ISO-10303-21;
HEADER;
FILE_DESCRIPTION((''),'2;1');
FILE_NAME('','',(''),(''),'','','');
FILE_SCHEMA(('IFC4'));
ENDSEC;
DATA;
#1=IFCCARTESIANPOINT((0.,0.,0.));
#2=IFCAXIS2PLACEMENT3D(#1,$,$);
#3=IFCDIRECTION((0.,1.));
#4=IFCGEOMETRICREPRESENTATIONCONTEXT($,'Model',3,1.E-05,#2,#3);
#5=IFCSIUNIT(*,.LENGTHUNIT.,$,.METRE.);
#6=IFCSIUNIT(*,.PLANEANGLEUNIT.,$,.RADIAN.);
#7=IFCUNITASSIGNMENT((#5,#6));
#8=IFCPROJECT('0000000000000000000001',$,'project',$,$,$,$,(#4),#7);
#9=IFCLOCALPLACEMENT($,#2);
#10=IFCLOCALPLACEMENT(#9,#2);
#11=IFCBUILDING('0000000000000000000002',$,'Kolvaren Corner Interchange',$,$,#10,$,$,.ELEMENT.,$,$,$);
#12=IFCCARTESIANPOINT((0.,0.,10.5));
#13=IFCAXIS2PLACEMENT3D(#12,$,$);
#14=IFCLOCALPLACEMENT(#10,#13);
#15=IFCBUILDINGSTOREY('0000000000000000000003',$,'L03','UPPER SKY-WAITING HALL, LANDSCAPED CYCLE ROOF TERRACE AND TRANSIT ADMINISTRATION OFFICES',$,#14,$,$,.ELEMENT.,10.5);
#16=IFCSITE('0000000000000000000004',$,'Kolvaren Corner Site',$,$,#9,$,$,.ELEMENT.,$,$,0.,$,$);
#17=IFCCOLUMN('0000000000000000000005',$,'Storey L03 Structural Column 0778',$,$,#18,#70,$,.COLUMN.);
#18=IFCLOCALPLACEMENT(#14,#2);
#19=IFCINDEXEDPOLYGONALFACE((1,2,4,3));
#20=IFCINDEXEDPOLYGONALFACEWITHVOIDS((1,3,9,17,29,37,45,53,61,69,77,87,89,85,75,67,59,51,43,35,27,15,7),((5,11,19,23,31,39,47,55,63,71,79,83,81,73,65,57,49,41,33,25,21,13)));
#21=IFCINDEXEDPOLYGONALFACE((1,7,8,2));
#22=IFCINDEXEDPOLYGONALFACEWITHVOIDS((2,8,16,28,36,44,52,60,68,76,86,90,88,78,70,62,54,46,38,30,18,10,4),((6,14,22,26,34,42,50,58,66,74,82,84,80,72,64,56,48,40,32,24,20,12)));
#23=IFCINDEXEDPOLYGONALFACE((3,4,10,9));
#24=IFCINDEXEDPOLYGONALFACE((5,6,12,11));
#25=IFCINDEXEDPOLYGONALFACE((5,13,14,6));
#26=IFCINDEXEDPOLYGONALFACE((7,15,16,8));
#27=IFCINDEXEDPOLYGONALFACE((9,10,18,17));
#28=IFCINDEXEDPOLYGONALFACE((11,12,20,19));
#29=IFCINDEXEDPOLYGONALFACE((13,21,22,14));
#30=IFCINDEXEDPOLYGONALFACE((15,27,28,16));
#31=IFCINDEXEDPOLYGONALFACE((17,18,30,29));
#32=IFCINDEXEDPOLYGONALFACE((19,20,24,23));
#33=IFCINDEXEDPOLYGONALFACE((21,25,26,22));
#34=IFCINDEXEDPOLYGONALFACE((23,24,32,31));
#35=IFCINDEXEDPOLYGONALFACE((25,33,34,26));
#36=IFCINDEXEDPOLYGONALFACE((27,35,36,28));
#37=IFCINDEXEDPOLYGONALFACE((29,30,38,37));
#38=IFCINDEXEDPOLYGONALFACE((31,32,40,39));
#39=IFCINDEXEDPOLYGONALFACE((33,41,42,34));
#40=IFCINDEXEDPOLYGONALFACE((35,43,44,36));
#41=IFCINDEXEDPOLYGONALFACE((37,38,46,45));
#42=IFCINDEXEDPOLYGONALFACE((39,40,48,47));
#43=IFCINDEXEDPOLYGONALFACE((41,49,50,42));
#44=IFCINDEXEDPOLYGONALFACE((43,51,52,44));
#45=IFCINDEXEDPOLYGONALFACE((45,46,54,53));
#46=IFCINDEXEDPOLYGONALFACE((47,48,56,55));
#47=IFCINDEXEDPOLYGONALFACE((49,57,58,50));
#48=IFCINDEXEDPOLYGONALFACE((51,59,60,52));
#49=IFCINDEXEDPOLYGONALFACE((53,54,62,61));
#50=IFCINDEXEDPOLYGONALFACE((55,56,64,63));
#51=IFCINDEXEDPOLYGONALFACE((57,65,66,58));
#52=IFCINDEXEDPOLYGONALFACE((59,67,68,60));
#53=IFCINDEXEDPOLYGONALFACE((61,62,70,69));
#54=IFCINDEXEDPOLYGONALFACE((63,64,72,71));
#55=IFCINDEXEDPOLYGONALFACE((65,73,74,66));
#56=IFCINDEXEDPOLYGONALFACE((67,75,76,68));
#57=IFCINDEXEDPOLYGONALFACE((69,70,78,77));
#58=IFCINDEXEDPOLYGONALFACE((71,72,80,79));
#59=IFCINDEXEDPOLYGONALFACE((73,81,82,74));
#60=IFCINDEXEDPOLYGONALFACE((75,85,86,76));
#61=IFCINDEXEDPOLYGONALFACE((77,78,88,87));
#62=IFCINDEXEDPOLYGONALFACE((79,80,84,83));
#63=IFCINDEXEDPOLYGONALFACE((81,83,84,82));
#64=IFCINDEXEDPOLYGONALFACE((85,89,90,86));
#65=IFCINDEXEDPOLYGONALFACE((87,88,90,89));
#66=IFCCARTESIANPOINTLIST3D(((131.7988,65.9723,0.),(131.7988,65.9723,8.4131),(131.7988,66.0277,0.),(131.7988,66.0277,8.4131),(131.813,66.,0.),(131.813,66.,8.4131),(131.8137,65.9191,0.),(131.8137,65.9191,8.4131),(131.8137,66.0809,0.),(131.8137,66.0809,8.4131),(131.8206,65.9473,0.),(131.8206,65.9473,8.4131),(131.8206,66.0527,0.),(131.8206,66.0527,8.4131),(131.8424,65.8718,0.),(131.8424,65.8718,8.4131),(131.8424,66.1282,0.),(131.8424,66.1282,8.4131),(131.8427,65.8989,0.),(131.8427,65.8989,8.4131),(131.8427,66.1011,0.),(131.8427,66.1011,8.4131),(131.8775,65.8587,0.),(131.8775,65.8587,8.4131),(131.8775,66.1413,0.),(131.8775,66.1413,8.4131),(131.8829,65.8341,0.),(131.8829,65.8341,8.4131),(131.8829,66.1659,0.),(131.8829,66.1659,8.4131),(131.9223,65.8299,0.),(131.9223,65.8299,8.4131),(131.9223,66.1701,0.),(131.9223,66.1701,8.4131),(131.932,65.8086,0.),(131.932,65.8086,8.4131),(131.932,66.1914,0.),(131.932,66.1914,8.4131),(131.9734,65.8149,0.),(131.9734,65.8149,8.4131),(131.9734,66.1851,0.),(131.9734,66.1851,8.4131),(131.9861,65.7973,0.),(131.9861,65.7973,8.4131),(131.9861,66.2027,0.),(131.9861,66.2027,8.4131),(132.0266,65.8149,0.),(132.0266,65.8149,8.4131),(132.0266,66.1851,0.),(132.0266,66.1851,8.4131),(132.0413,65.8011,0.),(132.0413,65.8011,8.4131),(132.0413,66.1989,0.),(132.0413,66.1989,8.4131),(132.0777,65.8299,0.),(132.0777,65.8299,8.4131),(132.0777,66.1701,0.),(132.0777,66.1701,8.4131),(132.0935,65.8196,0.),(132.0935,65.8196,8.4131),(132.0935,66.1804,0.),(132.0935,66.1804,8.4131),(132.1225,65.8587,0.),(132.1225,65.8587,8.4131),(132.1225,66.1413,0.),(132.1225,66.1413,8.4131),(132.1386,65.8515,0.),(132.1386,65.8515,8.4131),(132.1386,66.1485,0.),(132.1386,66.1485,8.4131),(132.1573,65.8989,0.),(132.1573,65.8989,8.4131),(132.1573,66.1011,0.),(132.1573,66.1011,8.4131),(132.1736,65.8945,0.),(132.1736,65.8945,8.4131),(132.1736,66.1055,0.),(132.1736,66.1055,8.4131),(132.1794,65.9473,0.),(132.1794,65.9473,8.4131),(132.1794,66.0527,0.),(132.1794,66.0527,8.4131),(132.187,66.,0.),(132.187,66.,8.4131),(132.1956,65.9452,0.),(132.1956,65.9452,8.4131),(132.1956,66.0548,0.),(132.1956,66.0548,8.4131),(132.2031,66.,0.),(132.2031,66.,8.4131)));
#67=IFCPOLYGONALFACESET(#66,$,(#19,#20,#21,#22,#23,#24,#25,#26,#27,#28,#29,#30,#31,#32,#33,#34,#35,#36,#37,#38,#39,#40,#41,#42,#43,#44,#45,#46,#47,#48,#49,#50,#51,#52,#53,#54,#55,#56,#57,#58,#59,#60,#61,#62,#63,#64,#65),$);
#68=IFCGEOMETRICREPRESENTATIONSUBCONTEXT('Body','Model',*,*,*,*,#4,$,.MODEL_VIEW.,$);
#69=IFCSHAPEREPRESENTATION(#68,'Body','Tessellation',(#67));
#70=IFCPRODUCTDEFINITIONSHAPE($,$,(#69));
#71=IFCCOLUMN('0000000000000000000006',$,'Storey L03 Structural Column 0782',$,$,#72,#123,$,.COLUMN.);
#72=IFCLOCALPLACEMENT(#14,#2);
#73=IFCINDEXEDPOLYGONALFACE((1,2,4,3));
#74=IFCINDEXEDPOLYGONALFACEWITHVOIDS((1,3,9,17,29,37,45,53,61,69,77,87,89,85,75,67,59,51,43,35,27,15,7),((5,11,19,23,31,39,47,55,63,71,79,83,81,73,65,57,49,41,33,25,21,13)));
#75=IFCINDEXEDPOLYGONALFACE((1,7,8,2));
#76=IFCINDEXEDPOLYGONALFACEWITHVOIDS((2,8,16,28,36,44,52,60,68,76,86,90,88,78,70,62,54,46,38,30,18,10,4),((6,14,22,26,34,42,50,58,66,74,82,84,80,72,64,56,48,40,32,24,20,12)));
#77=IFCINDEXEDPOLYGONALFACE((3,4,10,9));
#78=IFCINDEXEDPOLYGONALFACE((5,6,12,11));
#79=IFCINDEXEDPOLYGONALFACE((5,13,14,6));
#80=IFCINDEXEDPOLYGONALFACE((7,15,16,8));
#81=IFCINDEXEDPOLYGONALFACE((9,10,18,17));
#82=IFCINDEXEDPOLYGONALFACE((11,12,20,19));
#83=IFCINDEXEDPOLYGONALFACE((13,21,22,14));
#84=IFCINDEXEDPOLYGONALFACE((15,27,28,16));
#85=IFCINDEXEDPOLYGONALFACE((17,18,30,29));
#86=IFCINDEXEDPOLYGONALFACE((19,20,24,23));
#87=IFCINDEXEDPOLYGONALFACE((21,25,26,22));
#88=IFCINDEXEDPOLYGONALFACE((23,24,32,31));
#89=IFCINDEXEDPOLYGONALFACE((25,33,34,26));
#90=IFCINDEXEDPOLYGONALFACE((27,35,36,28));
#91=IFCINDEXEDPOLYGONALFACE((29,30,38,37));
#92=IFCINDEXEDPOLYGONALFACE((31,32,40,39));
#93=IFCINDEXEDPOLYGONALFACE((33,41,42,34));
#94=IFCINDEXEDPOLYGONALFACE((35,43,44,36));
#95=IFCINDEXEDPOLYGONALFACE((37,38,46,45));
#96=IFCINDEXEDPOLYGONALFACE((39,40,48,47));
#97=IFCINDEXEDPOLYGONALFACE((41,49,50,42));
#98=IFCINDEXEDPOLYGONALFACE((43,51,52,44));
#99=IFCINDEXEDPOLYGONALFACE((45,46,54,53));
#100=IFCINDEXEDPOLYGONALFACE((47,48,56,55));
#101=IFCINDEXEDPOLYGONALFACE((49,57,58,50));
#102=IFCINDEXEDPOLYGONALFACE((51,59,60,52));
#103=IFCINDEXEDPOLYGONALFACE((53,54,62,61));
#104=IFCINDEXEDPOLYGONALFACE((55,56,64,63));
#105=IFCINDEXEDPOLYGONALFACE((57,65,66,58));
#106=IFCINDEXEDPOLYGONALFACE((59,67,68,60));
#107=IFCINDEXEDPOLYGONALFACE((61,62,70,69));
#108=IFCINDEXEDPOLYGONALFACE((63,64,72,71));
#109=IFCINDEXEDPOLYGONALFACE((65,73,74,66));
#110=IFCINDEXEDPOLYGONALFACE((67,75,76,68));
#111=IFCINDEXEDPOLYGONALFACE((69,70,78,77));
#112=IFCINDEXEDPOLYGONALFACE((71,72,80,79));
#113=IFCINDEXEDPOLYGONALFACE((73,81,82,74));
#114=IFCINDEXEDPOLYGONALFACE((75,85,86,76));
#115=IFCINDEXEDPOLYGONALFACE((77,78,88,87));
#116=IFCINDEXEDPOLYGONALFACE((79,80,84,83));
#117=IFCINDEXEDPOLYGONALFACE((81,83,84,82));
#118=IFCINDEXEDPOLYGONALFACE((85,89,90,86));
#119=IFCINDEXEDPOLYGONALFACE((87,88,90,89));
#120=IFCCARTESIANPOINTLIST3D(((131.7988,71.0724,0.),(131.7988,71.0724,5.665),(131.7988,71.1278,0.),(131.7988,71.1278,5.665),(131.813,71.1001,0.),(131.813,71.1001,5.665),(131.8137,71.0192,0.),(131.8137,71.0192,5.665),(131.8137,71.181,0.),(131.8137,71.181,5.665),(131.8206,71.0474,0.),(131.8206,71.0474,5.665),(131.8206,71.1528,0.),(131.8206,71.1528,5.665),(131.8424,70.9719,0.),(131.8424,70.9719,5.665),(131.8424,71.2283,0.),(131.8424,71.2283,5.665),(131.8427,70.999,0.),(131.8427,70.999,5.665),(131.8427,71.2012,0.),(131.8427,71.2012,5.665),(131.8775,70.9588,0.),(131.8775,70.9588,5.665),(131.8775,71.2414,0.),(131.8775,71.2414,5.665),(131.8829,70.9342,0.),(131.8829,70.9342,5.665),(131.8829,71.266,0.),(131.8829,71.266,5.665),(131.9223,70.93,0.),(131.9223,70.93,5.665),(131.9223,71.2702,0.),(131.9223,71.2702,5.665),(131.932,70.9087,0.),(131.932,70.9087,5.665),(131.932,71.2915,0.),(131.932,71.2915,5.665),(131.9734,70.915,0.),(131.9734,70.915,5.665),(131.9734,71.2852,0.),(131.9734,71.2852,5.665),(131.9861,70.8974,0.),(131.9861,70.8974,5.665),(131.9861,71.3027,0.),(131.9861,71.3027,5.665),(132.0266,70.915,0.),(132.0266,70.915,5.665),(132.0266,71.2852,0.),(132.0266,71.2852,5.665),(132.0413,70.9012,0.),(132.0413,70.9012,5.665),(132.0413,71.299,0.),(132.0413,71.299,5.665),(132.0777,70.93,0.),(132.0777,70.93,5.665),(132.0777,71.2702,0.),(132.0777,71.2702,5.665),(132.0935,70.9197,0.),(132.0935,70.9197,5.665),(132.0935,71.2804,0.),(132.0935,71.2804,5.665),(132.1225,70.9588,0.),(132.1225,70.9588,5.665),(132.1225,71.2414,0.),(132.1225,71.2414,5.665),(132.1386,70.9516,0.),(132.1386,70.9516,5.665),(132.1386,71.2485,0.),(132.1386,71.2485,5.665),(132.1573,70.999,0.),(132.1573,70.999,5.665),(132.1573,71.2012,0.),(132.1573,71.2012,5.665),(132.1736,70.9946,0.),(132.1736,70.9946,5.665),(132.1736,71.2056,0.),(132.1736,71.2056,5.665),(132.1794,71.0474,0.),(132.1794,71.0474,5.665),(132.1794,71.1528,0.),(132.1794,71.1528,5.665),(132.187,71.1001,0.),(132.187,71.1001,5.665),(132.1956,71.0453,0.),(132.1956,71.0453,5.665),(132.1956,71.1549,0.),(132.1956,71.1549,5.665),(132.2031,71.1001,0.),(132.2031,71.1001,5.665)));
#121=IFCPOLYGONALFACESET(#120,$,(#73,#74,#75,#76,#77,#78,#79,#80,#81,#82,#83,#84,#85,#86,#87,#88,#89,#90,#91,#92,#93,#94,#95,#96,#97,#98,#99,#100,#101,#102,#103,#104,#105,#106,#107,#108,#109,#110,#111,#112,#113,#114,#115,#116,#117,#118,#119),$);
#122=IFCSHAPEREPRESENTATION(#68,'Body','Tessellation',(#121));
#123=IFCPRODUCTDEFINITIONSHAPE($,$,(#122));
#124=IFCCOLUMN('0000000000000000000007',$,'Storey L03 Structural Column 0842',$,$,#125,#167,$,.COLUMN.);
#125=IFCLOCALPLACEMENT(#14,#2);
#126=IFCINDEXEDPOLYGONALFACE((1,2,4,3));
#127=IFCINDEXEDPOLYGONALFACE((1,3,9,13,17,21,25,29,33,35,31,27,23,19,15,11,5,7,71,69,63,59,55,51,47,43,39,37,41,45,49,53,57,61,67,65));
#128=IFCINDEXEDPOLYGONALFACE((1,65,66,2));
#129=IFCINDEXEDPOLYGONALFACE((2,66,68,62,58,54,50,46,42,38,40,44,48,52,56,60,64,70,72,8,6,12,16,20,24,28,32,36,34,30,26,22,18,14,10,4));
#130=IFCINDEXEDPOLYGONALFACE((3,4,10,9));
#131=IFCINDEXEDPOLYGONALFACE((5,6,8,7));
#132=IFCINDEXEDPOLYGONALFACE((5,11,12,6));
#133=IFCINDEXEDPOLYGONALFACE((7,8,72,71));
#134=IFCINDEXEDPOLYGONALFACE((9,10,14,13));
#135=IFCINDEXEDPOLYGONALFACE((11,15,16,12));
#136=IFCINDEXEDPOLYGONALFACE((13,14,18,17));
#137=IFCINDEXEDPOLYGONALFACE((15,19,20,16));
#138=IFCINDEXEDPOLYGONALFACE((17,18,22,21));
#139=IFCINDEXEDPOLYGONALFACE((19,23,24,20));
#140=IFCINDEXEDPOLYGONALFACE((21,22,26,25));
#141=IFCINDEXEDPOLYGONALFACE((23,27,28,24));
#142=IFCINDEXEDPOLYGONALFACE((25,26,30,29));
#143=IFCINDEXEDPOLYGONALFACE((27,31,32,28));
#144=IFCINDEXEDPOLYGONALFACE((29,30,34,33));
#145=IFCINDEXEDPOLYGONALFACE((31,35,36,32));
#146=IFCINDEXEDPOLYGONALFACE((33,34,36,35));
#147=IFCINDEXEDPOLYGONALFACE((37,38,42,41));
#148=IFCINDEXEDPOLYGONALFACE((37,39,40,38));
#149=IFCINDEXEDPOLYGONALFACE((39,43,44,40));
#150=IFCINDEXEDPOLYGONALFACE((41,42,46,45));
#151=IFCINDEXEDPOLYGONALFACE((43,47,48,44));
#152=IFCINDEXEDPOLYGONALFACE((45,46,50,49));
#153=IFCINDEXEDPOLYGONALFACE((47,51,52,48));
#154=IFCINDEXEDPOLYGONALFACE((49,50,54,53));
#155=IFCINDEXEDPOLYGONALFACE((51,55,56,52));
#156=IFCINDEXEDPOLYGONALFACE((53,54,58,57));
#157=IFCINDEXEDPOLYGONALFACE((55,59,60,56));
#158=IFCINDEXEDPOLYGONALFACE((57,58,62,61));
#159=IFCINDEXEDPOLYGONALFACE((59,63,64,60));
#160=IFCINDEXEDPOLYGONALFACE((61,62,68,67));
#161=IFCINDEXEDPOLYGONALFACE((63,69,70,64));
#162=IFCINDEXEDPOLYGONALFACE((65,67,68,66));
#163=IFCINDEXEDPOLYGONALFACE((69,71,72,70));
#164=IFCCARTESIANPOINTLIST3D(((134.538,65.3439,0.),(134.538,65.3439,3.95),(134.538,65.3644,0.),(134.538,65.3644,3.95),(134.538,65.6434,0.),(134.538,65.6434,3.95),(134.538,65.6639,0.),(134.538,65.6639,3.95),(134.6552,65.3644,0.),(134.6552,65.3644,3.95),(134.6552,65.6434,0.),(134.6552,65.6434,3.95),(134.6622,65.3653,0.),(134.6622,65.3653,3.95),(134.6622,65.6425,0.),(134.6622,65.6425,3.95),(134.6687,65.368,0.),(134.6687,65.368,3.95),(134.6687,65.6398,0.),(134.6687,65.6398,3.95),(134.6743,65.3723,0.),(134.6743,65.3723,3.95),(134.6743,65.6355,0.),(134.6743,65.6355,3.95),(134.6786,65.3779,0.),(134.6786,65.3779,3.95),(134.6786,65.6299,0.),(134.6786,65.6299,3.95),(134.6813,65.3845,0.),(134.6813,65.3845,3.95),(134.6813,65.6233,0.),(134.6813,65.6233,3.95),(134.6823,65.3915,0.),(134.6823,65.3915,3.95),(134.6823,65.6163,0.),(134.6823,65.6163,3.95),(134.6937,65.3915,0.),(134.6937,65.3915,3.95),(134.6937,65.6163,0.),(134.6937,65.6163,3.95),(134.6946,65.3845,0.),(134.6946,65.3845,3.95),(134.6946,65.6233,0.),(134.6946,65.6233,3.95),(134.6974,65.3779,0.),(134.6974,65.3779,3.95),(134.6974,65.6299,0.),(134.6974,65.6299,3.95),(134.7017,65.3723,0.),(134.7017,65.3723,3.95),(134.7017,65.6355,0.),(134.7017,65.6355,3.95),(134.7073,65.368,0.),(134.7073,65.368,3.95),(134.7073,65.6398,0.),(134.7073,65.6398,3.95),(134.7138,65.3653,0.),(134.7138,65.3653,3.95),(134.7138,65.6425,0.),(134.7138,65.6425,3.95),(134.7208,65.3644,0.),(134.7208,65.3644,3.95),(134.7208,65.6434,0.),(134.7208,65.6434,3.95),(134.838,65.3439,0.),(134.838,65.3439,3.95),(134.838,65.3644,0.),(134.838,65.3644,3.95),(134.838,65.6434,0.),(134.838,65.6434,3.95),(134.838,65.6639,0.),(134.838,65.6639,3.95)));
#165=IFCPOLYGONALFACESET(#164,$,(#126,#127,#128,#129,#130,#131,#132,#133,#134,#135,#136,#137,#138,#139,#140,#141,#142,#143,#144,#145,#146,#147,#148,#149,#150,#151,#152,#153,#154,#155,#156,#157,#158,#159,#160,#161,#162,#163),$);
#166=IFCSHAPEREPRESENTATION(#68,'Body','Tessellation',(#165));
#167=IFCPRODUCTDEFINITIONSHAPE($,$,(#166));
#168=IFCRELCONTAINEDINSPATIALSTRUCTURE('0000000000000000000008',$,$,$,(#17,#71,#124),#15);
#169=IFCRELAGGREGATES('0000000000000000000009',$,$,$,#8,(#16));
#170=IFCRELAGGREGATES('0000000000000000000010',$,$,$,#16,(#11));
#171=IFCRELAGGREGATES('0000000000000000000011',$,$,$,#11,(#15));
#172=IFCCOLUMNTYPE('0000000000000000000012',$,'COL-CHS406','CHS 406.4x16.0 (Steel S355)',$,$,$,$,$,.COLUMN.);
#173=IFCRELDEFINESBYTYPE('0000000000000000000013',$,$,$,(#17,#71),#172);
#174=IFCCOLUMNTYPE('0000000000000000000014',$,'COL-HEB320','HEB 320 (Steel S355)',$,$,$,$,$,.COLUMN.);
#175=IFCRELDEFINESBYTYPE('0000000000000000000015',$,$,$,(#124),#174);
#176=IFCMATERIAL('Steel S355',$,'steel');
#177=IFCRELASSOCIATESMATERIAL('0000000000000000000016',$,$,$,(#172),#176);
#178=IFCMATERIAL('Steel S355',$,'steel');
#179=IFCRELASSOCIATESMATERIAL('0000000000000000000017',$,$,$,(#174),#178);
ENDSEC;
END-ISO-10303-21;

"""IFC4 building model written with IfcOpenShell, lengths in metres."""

from ifc_helpers import new_model, si_unit, direction, frame, origin, origin_2d, place, context, subcontext, project, spatial, hollow_circle, i_section, extrude, material, material_profile, profile_set, type_object, element, save


model = new_model("IFC4")

# Units and contexts
model_context = context("Model", 3, precision=1e-05, world=origin(), true_north=direction((0.0, 1.0)))
body_context = subcontext(model_context, "Body", "Model", "MODEL_VIEW")
ifc_project = project(units=[si_unit("LENGTHUNIT", "METRE"), si_unit("PLANEANGLEUNIT", "RADIAN")], contexts=[model_context])

# Site, building, storey
site_placement = place(None, origin())
site = spatial("IfcSite", under=ifc_project, at=site_placement, Name="Kolvaren Corner Site", CompositionType="ELEMENT", RefElevation=0.0)
building_placement = place(site_placement, origin())
building = spatial("IfcBuilding", under=site, at=building_placement, Name="Kolvaren Corner Interchange", CompositionType="ELEMENT")
storey_placement = place(building_placement, frame((0.0, 0.0, 10.5)))
storey = spatial("IfcBuildingStorey", under=building, at=storey_placement, Name="L03", Description="UPPER SKY-WAITING HALL, LANDSCAPED CYCLE ROOF TERRACE AND TRANSIT ADMINISTRATION OFFICES", CompositionType="ELEMENT", Elevation=10.5)

# Columns
ifc_material_1 = material(Name="Steel S355", Category="steel")
ifc_material_profile_1 = material_profile(ifc_material_1, hollow_circle(Radius=0.2031, WallThickness=0.0161, at=origin_2d()), Name="CHS 406.4x16.0")
ifc_profile_set_1 = profile_set([ifc_material_profile_1], Name="Steel S355")
column_type_1 = type_object("IfcColumnType", Name="COL-CHS406", Description="CHS 406.4x16.0 (Steel S355)", PredefinedType="COLUMN", material=ifc_profile_set_1)
column_1_placement = place(storey_placement, frame((132.0, 66.0, 0.0), z_axis=(0.0, 0.0, 1.0), x_axis=(1.0, 0.0, 0.0)))
element("IfcColumn", 1, at=column_1_placement, inside=storey, type_object=column_type_1, Name="Storey L03 Structural Column 0778", PredefinedType="COLUMN", context=body_context, shape_type="SweptSolid", body=[
    extrude(hollow_circle(Radius=0.2031, WallThickness=0.0161, at=origin_2d()), origin(), (0.0, 0.0, 1.0), 8.4131),
])
column_2_placement = place(storey_placement, frame((132.0, 71.1001, 0.0), z_axis=(0.0, 0.0, 1.0), x_axis=(1.0, 0.0, 0.0)))
element("IfcColumn", 2, at=column_2_placement, inside=storey, type_object=column_type_1, Name="Storey L03 Structural Column 0782", PredefinedType="COLUMN", context=body_context, shape_type="SweptSolid", body=[
    extrude(hollow_circle(Radius=0.2031, WallThickness=0.0161, at=origin_2d()), origin(), (0.0, 0.0, 1.0), 5.665),
])
ifc_material_2 = material(Name="Steel S355", Category="steel")
ifc_material_profile_2 = material_profile(ifc_material_2, i_section(OverallWidth=0.3, OverallDepth=0.3201, WebThickness=0.0115, FlangeThickness=0.0205, FilletRadius=0.0271, at=origin_2d()), Name="HEB 320")
ifc_profile_set_2 = profile_set([ifc_material_profile_2], Name="Steel S355")
column_type_2 = type_object("IfcColumnType", Name="COL-HEB320", Description="HEB 320 (Steel S355)", PredefinedType="COLUMN", material=ifc_profile_set_2)
column_3_placement = place(storey_placement, frame((134.688, 65.5039, 0.0), z_axis=(0.0, 0.0, 1.0), x_axis=(1.0, 0.0, 0.0)))
element("IfcColumn", 3, at=column_3_placement, inside=storey, type_object=column_type_2, Name="Storey L03 Structural Column 0842", PredefinedType="COLUMN", context=body_context, shape_type="SweptSolid", body=[
    extrude(i_section(OverallWidth=0.3, OverallDepth=0.3201, WebThickness=0.0115, FlangeThickness=0.0205, FilletRadius=0.0271, at=origin_2d()), origin(), (0.0, 0.0, 1.0), 3.95),
])

save(model, "model.ifc")
